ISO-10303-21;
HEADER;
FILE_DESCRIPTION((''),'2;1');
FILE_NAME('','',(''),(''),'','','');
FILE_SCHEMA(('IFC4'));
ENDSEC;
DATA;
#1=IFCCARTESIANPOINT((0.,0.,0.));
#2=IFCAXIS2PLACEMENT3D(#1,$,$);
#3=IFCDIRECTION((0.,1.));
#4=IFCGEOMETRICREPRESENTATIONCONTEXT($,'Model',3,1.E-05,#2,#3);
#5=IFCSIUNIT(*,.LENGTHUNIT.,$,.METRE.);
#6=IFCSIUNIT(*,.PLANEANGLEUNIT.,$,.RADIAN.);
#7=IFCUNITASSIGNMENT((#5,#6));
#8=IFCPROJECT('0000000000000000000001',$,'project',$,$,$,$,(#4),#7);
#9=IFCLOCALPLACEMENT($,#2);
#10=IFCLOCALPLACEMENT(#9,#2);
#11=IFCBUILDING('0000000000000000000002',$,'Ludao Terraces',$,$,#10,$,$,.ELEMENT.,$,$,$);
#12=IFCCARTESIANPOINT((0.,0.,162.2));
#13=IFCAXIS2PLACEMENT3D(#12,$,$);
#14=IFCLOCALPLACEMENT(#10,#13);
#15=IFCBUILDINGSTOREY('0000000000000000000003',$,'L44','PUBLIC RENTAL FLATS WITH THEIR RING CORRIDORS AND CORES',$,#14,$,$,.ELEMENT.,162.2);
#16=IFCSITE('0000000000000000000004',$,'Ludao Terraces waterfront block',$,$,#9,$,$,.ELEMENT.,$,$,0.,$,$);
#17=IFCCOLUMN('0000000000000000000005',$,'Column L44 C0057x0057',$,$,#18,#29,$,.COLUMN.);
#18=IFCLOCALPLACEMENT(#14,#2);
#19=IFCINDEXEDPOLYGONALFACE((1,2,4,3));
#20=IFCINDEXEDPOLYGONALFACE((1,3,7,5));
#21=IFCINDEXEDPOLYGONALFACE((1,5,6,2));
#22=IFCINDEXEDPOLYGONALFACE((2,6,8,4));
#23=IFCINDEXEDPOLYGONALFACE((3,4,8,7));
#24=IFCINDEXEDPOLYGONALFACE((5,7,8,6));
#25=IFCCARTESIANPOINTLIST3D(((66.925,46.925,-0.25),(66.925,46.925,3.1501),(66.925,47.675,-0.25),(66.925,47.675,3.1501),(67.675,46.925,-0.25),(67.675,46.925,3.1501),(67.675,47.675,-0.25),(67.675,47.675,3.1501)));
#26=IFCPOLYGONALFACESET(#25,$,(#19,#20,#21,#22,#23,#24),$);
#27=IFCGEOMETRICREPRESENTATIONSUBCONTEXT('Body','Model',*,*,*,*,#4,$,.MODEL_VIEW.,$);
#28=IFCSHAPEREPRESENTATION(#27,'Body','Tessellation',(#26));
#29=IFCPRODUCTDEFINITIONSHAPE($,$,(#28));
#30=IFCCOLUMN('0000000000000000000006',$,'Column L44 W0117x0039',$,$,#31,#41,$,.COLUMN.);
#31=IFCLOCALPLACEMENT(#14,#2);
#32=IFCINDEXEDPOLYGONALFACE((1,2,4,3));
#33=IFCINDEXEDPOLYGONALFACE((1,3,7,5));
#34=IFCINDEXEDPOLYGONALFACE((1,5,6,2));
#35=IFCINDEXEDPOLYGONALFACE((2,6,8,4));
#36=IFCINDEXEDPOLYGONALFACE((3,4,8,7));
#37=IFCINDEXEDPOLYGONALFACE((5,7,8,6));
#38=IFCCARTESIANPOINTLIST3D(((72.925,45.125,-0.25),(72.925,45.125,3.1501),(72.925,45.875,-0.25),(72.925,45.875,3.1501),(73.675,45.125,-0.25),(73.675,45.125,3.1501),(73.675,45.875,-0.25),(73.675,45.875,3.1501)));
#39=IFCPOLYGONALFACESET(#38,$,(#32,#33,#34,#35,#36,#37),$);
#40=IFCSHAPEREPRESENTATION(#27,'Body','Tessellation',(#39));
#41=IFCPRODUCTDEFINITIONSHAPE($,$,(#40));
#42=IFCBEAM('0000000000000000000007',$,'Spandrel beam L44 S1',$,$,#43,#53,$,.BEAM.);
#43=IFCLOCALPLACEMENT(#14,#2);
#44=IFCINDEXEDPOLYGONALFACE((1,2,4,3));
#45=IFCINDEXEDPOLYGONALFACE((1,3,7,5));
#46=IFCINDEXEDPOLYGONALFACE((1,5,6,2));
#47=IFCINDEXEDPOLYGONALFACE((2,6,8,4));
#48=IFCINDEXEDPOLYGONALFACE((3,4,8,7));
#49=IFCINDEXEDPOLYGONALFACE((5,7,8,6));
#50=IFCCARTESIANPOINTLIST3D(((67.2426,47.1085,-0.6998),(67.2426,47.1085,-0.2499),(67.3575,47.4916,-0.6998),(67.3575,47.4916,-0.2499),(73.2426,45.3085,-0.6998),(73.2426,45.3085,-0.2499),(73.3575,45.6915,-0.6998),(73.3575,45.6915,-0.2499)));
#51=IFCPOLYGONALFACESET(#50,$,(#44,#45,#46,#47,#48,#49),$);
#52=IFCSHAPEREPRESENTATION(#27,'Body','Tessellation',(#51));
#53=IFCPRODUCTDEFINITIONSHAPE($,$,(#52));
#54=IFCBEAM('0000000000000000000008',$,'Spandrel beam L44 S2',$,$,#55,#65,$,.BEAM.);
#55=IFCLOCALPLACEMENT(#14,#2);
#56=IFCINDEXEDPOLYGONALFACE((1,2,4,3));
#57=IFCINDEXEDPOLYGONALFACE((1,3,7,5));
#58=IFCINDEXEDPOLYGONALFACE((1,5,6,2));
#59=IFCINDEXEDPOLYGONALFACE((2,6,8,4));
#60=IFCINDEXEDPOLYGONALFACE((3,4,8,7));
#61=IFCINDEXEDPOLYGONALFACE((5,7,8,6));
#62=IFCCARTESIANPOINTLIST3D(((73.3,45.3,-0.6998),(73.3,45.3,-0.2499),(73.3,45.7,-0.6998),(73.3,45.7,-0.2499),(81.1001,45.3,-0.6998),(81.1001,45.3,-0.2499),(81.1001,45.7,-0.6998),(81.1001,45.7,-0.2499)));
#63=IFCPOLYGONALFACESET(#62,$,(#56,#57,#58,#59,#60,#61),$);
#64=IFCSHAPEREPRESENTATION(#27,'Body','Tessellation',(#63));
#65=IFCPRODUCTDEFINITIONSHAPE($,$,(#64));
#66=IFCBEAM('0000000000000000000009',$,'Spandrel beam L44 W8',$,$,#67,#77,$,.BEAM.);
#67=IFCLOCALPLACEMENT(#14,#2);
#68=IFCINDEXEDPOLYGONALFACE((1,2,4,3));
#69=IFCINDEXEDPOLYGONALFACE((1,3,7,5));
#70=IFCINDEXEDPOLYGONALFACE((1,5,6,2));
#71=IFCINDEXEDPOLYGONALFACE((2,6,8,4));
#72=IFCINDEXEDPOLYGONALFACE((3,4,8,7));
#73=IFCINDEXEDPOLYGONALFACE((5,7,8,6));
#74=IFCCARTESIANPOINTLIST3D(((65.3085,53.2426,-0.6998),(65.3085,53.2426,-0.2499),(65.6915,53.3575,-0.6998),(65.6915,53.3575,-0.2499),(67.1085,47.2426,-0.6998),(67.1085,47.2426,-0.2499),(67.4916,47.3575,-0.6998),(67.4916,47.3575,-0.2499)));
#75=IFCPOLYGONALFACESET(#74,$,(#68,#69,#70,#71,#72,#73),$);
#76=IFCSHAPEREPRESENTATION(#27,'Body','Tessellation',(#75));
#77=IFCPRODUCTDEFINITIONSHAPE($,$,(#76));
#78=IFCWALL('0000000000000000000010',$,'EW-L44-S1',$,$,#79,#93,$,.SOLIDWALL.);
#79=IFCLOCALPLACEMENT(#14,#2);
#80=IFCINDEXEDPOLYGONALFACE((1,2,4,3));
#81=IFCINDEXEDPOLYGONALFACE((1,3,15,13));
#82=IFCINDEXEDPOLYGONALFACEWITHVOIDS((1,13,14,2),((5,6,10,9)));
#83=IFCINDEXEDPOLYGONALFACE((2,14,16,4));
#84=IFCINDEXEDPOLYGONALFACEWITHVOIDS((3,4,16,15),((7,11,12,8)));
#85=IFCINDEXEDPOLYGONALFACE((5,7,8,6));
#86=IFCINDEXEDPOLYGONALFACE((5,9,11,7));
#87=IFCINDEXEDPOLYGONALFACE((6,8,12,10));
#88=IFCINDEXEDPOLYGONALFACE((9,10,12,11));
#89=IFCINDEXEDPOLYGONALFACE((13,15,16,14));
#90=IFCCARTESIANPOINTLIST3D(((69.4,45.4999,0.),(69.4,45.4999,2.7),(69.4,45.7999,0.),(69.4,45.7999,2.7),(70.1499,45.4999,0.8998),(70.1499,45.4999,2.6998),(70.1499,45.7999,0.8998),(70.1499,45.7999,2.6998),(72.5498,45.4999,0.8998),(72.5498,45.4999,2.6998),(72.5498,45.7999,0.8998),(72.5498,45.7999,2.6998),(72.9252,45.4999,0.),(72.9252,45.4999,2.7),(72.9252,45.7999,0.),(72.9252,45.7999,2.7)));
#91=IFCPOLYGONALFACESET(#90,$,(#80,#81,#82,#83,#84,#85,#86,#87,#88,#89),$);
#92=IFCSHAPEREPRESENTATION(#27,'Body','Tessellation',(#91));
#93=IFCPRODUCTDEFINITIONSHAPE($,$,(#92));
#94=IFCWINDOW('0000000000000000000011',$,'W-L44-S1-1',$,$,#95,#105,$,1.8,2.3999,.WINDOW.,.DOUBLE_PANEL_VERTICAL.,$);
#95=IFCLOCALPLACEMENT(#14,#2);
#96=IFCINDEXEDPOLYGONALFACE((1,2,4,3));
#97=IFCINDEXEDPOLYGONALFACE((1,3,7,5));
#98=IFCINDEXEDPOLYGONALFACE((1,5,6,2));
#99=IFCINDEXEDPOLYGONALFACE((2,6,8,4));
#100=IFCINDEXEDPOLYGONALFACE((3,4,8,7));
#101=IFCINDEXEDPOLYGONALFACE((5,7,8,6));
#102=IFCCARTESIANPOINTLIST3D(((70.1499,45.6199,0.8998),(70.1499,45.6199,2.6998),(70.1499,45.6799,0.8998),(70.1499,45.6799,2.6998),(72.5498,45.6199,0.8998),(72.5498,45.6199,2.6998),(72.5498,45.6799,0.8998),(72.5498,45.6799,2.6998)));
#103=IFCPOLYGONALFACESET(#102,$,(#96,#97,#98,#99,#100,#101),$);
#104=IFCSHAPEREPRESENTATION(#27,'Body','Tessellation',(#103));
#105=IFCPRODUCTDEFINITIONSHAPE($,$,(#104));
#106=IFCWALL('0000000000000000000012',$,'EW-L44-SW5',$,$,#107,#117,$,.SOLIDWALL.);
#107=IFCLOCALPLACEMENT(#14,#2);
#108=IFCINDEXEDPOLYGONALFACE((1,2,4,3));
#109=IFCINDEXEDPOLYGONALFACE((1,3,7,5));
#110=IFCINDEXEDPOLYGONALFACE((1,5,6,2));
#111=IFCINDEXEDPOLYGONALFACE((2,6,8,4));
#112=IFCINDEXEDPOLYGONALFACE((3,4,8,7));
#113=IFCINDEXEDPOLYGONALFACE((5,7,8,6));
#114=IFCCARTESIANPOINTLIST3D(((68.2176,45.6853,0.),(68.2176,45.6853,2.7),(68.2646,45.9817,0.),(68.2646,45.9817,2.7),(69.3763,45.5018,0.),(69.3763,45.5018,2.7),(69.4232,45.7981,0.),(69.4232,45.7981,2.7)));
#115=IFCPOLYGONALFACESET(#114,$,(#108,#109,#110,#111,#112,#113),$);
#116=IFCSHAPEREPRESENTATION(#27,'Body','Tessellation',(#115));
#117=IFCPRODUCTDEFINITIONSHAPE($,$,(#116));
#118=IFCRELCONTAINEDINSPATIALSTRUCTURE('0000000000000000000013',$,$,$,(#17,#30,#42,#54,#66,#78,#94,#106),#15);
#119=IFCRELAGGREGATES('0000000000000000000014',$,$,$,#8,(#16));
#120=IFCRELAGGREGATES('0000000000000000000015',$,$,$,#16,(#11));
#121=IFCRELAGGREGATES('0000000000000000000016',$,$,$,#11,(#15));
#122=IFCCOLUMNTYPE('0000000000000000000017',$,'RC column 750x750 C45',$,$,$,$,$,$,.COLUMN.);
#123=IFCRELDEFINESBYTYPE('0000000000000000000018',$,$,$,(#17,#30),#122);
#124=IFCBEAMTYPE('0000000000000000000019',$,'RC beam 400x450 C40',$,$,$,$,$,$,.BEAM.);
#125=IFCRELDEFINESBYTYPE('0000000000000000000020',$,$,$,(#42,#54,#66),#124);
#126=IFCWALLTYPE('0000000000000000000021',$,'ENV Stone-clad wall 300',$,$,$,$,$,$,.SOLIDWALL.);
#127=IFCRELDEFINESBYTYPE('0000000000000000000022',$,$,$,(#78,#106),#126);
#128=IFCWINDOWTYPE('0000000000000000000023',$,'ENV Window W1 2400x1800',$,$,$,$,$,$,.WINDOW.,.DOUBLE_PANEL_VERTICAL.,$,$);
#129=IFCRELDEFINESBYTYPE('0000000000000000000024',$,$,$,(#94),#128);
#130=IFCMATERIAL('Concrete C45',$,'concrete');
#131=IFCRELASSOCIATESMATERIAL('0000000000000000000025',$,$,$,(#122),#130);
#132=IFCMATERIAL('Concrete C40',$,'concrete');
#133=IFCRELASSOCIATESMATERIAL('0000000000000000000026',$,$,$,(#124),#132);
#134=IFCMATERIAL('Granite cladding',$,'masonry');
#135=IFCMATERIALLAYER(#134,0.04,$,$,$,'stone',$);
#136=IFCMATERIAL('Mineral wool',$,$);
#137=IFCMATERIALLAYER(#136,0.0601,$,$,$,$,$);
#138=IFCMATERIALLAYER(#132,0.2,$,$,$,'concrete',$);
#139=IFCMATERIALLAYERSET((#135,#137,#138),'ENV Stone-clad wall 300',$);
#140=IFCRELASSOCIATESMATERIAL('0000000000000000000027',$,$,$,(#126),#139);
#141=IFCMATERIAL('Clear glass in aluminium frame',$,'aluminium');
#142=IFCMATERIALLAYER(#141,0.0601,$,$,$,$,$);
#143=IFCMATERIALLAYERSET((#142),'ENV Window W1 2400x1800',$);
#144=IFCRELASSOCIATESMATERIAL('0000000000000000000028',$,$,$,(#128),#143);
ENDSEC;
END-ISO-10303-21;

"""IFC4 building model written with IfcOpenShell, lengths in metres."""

from ifc_helpers import new_model, si_unit, direction, frame, frame_2d, origin, origin_2d, place, context, subcontext, project, spatial, rectangle, extrude, material, layer, layer_set, material_profile, profile_set, type_object, element, fill, save


model = new_model("IFC4")

# Units and contexts
model_context = context("Model", 3, precision=1e-05, world=origin(), true_north=direction((0.0, 1.0)))
body_context = subcontext(model_context, "Body", "Model", "MODEL_VIEW")
ifc_project = project(units=[si_unit("LENGTHUNIT", "METRE"), si_unit("PLANEANGLEUNIT", "RADIAN")], contexts=[model_context])

# Site, building, storey
site_placement = place(None, origin())
site = spatial("IfcSite", under=ifc_project, at=site_placement, Name="Ludao Terraces waterfront block", CompositionType="ELEMENT", RefElevation=0.0)
building_placement = place(site_placement, origin())
building = spatial("IfcBuilding", under=site, at=building_placement, Name="Ludao Terraces", CompositionType="ELEMENT")
storey_placement = place(building_placement, frame((0.0, 0.0, 162.2)))
storey = spatial("IfcBuildingStorey", under=building, at=storey_placement, Name="L44", Description="PUBLIC RENTAL FLATS WITH THEIR RING CORRIDORS AND CORES", CompositionType="ELEMENT", Elevation=162.2)

# Columns
ifc_material_1 = material(Name="Concrete C45", Category="concrete")
ifc_material_profile_1 = material_profile(ifc_material_1, rectangle(XDim=0.75, YDim=0.75, at=origin_2d()), Name="750 X 750")
ifc_profile_set_1 = profile_set([ifc_material_profile_1], Name="Concrete C45")
column_type = type_object("IfcColumnType", Name="RC column 750x750 C45", PredefinedType="COLUMN", material=ifc_profile_set_1)
for number, where, z_axis, x_axis, name in (
    (1, (67.3, 47.3, -0.25), (0.0, 0.0, 1.0), (1.0, 0.0, 0.0), "Column L44 C0057x0057"),
    (2, (73.3, 45.5, -0.25), (0.0, 0.0, 1.0), (1.0, 0.0, 0.0), "Column L44 W0117x0039"),
):
    element("IfcColumn", number, at=place(storey_placement, frame(where, z_axis=z_axis, x_axis=x_axis)), inside=storey, type_object=column_type, Name=name, PredefinedType="COLUMN", context=body_context, shape_type="SweptSolid", body=[
        extrude(rectangle(XDim=0.75, YDim=0.75, at=origin_2d()), origin(), (0.0, 0.0, 1.0), 3.4001),
    ])

# Beams
ifc_material_2 = material(Name="Concrete C40", Category="concrete")
ifc_material_profile_2 = material_profile(ifc_material_2, rectangle(XDim=0.3999, YDim=0.45, at=origin_2d()), Name="400 X 450")
ifc_profile_set_2 = profile_set([ifc_material_profile_2], Name="Concrete C40")
beam_type = type_object("IfcBeamType", Name="RC beam 400x450 C40", PredefinedType="BEAM", material=ifc_profile_set_2)
beam_1_placement = place(storey_placement, frame((67.3, 47.3, -0.4749), z_axis=(0.957824, -0.287355, 0.0), x_axis=(0.287355, 0.957824, 0.0)))
element("IfcBeam", 3, at=beam_1_placement, inside=storey, type_object=beam_type, Name="Spandrel beam L44 S1", PredefinedType="BEAM", context=body_context, shape_type="SweptSolid", body=[
    extrude(rectangle(XDim=0.3999, YDim=0.45, at=origin_2d()), origin(), (0.0, 0.0, 1.0), 6.2642),
])
beam_2_placement = place(storey_placement, frame((73.3, 45.5, -0.4749), z_axis=(1.0, 0.0, 0.0), x_axis=(0.0, 1.0, 0.0)))
element("IfcBeam", 4, at=beam_2_placement, inside=storey, type_object=beam_type, Name="Spandrel beam L44 S2", PredefinedType="BEAM", context=body_context, shape_type="SweptSolid", body=[
    extrude(rectangle(XDim=0.3999, YDim=0.45, at=origin_2d()), origin(), (0.0, 0.0, 1.0), 7.8),
])
beam_3_placement = place(storey_placement, frame((67.3, 47.3, -0.4749), z_axis=(-0.287355, 0.957824, 0.0), x_axis=(-0.957824, -0.287355, 0.0)))
element("IfcBeam", 5, at=beam_3_placement, inside=storey, type_object=beam_type, Name="Spandrel beam L44 W8", PredefinedType="BEAM", context=body_context, shape_type="SweptSolid", body=[
    extrude(rectangle(XDim=0.3999, YDim=0.45, at=origin_2d()), origin(), (0.0, 0.0, 1.0), 6.2642),
])

# Wall, opening, window
ifc_material_3 = material(Name="Granite cladding", Category="masonry")
ifc_layer_1 = layer(ifc_material_3, 0.04, Category="stone")
ifc_material_4 = material(Name="Mineral wool")
ifc_layer_2 = layer(ifc_material_4, 0.0601)
ifc_layer_3 = layer(ifc_material_2, 0.2, Category="concrete")
ifc_layer_set_1 = layer_set([ifc_layer_1, ifc_layer_2, ifc_layer_3], Name="ENV Stone-clad wall 300")
wall_type_1 = type_object("IfcWallType", Name="ENV Stone-clad wall 300", PredefinedType="SOLIDWALL", material=ifc_layer_set_1)
wall_1_placement = place(storey_placement, frame((69.3999, 45.6499, 0.0), z_axis=(0.0, 0.0, 1.0), x_axis=(1.0, 0.0, 0.0)))
wall_1 = element("IfcWall", 6, at=wall_1_placement, inside=storey, type_object=wall_type_1, Name="EW-L44-S1", PredefinedType="SOLIDWALL", context=body_context, shape_type="SweptSolid", body=[
    extrude(rectangle(XDim=3.5251, YDim=0.3, at=frame_2d((1.7627, 0.0))), origin(), (0.0, 0.0, 1.0), 2.7),
])
opening_1_placement = place(wall_1_placement, frame((0.75, 0.0, 0.8999)))
opening_1 = element("IfcOpeningElement", 7, at=opening_1_placement, cuts=wall_1, PredefinedType="OPENING", context=body_context, shape_type="SweptSolid", body=[
    extrude(rectangle(XDim=2.3999, YDim=1.8, at=frame_2d((1.2, 0.8999))), frame((0.0, 0.1602, 0.0), z_axis=(0.0, -1.0, 0.0), x_axis=(1.0, 0.0, 0.0)), (0.0, 0.0, 1.0), 0.3201),
])
ifc_material_5 = material(Name="Clear glass in aluminium frame", Category="aluminium")
ifc_layer_4 = layer(ifc_material_5, 0.0601)
ifc_layer_set_2 = layer_set([ifc_layer_4], Name="ENV Window W1 2400x1800")
window_type = type_object("IfcWindowType", Name="ENV Window W1 2400x1800", PartitioningType="DOUBLE_PANEL_VERTICAL", PredefinedType="WINDOW", material=ifc_layer_set_2)
window_placement = place(opening_1_placement, origin())
window = element("IfcWindow", 8, at=window_placement, inside=storey, type_object=window_type, Name="W-L44-S1-1", OverallHeight=1.8, OverallWidth=2.3999, PartitioningType="DOUBLE_PANEL_VERTICAL", PredefinedType="WINDOW", context=body_context, shape_type="SweptSolid", body=[
    extrude(rectangle(XDim=2.3999, YDim=1.8, at=frame_2d((1.2, 0.8999))), frame((0.0, 0.03, 0.0), z_axis=(0.0, -1.0, 0.0), x_axis=(1.0, 0.0, 0.0)), (0.0, 0.0, 1.0), 0.0601),
])
fill(opening_1, window)

# Wall
wall_2_placement = place(storey_placement, frame((68.2412, 45.8335, 0.0), z_axis=(0.0, 0.0, 1.0), x_axis=(0.987678, -0.156497, 0.0)))
element("IfcWall", 9, at=wall_2_placement, inside=storey, type_object=wall_type_1, Name="EW-L44-SW5", PredefinedType="SOLIDWALL", context=body_context, shape_type="SweptSolid", body=[
    extrude(rectangle(XDim=1.1731, YDim=0.3, at=frame_2d((0.5864, 0.0))), origin(), (0.0, 0.0, 1.0), 2.7),
])

save(model, "model.ifc")
